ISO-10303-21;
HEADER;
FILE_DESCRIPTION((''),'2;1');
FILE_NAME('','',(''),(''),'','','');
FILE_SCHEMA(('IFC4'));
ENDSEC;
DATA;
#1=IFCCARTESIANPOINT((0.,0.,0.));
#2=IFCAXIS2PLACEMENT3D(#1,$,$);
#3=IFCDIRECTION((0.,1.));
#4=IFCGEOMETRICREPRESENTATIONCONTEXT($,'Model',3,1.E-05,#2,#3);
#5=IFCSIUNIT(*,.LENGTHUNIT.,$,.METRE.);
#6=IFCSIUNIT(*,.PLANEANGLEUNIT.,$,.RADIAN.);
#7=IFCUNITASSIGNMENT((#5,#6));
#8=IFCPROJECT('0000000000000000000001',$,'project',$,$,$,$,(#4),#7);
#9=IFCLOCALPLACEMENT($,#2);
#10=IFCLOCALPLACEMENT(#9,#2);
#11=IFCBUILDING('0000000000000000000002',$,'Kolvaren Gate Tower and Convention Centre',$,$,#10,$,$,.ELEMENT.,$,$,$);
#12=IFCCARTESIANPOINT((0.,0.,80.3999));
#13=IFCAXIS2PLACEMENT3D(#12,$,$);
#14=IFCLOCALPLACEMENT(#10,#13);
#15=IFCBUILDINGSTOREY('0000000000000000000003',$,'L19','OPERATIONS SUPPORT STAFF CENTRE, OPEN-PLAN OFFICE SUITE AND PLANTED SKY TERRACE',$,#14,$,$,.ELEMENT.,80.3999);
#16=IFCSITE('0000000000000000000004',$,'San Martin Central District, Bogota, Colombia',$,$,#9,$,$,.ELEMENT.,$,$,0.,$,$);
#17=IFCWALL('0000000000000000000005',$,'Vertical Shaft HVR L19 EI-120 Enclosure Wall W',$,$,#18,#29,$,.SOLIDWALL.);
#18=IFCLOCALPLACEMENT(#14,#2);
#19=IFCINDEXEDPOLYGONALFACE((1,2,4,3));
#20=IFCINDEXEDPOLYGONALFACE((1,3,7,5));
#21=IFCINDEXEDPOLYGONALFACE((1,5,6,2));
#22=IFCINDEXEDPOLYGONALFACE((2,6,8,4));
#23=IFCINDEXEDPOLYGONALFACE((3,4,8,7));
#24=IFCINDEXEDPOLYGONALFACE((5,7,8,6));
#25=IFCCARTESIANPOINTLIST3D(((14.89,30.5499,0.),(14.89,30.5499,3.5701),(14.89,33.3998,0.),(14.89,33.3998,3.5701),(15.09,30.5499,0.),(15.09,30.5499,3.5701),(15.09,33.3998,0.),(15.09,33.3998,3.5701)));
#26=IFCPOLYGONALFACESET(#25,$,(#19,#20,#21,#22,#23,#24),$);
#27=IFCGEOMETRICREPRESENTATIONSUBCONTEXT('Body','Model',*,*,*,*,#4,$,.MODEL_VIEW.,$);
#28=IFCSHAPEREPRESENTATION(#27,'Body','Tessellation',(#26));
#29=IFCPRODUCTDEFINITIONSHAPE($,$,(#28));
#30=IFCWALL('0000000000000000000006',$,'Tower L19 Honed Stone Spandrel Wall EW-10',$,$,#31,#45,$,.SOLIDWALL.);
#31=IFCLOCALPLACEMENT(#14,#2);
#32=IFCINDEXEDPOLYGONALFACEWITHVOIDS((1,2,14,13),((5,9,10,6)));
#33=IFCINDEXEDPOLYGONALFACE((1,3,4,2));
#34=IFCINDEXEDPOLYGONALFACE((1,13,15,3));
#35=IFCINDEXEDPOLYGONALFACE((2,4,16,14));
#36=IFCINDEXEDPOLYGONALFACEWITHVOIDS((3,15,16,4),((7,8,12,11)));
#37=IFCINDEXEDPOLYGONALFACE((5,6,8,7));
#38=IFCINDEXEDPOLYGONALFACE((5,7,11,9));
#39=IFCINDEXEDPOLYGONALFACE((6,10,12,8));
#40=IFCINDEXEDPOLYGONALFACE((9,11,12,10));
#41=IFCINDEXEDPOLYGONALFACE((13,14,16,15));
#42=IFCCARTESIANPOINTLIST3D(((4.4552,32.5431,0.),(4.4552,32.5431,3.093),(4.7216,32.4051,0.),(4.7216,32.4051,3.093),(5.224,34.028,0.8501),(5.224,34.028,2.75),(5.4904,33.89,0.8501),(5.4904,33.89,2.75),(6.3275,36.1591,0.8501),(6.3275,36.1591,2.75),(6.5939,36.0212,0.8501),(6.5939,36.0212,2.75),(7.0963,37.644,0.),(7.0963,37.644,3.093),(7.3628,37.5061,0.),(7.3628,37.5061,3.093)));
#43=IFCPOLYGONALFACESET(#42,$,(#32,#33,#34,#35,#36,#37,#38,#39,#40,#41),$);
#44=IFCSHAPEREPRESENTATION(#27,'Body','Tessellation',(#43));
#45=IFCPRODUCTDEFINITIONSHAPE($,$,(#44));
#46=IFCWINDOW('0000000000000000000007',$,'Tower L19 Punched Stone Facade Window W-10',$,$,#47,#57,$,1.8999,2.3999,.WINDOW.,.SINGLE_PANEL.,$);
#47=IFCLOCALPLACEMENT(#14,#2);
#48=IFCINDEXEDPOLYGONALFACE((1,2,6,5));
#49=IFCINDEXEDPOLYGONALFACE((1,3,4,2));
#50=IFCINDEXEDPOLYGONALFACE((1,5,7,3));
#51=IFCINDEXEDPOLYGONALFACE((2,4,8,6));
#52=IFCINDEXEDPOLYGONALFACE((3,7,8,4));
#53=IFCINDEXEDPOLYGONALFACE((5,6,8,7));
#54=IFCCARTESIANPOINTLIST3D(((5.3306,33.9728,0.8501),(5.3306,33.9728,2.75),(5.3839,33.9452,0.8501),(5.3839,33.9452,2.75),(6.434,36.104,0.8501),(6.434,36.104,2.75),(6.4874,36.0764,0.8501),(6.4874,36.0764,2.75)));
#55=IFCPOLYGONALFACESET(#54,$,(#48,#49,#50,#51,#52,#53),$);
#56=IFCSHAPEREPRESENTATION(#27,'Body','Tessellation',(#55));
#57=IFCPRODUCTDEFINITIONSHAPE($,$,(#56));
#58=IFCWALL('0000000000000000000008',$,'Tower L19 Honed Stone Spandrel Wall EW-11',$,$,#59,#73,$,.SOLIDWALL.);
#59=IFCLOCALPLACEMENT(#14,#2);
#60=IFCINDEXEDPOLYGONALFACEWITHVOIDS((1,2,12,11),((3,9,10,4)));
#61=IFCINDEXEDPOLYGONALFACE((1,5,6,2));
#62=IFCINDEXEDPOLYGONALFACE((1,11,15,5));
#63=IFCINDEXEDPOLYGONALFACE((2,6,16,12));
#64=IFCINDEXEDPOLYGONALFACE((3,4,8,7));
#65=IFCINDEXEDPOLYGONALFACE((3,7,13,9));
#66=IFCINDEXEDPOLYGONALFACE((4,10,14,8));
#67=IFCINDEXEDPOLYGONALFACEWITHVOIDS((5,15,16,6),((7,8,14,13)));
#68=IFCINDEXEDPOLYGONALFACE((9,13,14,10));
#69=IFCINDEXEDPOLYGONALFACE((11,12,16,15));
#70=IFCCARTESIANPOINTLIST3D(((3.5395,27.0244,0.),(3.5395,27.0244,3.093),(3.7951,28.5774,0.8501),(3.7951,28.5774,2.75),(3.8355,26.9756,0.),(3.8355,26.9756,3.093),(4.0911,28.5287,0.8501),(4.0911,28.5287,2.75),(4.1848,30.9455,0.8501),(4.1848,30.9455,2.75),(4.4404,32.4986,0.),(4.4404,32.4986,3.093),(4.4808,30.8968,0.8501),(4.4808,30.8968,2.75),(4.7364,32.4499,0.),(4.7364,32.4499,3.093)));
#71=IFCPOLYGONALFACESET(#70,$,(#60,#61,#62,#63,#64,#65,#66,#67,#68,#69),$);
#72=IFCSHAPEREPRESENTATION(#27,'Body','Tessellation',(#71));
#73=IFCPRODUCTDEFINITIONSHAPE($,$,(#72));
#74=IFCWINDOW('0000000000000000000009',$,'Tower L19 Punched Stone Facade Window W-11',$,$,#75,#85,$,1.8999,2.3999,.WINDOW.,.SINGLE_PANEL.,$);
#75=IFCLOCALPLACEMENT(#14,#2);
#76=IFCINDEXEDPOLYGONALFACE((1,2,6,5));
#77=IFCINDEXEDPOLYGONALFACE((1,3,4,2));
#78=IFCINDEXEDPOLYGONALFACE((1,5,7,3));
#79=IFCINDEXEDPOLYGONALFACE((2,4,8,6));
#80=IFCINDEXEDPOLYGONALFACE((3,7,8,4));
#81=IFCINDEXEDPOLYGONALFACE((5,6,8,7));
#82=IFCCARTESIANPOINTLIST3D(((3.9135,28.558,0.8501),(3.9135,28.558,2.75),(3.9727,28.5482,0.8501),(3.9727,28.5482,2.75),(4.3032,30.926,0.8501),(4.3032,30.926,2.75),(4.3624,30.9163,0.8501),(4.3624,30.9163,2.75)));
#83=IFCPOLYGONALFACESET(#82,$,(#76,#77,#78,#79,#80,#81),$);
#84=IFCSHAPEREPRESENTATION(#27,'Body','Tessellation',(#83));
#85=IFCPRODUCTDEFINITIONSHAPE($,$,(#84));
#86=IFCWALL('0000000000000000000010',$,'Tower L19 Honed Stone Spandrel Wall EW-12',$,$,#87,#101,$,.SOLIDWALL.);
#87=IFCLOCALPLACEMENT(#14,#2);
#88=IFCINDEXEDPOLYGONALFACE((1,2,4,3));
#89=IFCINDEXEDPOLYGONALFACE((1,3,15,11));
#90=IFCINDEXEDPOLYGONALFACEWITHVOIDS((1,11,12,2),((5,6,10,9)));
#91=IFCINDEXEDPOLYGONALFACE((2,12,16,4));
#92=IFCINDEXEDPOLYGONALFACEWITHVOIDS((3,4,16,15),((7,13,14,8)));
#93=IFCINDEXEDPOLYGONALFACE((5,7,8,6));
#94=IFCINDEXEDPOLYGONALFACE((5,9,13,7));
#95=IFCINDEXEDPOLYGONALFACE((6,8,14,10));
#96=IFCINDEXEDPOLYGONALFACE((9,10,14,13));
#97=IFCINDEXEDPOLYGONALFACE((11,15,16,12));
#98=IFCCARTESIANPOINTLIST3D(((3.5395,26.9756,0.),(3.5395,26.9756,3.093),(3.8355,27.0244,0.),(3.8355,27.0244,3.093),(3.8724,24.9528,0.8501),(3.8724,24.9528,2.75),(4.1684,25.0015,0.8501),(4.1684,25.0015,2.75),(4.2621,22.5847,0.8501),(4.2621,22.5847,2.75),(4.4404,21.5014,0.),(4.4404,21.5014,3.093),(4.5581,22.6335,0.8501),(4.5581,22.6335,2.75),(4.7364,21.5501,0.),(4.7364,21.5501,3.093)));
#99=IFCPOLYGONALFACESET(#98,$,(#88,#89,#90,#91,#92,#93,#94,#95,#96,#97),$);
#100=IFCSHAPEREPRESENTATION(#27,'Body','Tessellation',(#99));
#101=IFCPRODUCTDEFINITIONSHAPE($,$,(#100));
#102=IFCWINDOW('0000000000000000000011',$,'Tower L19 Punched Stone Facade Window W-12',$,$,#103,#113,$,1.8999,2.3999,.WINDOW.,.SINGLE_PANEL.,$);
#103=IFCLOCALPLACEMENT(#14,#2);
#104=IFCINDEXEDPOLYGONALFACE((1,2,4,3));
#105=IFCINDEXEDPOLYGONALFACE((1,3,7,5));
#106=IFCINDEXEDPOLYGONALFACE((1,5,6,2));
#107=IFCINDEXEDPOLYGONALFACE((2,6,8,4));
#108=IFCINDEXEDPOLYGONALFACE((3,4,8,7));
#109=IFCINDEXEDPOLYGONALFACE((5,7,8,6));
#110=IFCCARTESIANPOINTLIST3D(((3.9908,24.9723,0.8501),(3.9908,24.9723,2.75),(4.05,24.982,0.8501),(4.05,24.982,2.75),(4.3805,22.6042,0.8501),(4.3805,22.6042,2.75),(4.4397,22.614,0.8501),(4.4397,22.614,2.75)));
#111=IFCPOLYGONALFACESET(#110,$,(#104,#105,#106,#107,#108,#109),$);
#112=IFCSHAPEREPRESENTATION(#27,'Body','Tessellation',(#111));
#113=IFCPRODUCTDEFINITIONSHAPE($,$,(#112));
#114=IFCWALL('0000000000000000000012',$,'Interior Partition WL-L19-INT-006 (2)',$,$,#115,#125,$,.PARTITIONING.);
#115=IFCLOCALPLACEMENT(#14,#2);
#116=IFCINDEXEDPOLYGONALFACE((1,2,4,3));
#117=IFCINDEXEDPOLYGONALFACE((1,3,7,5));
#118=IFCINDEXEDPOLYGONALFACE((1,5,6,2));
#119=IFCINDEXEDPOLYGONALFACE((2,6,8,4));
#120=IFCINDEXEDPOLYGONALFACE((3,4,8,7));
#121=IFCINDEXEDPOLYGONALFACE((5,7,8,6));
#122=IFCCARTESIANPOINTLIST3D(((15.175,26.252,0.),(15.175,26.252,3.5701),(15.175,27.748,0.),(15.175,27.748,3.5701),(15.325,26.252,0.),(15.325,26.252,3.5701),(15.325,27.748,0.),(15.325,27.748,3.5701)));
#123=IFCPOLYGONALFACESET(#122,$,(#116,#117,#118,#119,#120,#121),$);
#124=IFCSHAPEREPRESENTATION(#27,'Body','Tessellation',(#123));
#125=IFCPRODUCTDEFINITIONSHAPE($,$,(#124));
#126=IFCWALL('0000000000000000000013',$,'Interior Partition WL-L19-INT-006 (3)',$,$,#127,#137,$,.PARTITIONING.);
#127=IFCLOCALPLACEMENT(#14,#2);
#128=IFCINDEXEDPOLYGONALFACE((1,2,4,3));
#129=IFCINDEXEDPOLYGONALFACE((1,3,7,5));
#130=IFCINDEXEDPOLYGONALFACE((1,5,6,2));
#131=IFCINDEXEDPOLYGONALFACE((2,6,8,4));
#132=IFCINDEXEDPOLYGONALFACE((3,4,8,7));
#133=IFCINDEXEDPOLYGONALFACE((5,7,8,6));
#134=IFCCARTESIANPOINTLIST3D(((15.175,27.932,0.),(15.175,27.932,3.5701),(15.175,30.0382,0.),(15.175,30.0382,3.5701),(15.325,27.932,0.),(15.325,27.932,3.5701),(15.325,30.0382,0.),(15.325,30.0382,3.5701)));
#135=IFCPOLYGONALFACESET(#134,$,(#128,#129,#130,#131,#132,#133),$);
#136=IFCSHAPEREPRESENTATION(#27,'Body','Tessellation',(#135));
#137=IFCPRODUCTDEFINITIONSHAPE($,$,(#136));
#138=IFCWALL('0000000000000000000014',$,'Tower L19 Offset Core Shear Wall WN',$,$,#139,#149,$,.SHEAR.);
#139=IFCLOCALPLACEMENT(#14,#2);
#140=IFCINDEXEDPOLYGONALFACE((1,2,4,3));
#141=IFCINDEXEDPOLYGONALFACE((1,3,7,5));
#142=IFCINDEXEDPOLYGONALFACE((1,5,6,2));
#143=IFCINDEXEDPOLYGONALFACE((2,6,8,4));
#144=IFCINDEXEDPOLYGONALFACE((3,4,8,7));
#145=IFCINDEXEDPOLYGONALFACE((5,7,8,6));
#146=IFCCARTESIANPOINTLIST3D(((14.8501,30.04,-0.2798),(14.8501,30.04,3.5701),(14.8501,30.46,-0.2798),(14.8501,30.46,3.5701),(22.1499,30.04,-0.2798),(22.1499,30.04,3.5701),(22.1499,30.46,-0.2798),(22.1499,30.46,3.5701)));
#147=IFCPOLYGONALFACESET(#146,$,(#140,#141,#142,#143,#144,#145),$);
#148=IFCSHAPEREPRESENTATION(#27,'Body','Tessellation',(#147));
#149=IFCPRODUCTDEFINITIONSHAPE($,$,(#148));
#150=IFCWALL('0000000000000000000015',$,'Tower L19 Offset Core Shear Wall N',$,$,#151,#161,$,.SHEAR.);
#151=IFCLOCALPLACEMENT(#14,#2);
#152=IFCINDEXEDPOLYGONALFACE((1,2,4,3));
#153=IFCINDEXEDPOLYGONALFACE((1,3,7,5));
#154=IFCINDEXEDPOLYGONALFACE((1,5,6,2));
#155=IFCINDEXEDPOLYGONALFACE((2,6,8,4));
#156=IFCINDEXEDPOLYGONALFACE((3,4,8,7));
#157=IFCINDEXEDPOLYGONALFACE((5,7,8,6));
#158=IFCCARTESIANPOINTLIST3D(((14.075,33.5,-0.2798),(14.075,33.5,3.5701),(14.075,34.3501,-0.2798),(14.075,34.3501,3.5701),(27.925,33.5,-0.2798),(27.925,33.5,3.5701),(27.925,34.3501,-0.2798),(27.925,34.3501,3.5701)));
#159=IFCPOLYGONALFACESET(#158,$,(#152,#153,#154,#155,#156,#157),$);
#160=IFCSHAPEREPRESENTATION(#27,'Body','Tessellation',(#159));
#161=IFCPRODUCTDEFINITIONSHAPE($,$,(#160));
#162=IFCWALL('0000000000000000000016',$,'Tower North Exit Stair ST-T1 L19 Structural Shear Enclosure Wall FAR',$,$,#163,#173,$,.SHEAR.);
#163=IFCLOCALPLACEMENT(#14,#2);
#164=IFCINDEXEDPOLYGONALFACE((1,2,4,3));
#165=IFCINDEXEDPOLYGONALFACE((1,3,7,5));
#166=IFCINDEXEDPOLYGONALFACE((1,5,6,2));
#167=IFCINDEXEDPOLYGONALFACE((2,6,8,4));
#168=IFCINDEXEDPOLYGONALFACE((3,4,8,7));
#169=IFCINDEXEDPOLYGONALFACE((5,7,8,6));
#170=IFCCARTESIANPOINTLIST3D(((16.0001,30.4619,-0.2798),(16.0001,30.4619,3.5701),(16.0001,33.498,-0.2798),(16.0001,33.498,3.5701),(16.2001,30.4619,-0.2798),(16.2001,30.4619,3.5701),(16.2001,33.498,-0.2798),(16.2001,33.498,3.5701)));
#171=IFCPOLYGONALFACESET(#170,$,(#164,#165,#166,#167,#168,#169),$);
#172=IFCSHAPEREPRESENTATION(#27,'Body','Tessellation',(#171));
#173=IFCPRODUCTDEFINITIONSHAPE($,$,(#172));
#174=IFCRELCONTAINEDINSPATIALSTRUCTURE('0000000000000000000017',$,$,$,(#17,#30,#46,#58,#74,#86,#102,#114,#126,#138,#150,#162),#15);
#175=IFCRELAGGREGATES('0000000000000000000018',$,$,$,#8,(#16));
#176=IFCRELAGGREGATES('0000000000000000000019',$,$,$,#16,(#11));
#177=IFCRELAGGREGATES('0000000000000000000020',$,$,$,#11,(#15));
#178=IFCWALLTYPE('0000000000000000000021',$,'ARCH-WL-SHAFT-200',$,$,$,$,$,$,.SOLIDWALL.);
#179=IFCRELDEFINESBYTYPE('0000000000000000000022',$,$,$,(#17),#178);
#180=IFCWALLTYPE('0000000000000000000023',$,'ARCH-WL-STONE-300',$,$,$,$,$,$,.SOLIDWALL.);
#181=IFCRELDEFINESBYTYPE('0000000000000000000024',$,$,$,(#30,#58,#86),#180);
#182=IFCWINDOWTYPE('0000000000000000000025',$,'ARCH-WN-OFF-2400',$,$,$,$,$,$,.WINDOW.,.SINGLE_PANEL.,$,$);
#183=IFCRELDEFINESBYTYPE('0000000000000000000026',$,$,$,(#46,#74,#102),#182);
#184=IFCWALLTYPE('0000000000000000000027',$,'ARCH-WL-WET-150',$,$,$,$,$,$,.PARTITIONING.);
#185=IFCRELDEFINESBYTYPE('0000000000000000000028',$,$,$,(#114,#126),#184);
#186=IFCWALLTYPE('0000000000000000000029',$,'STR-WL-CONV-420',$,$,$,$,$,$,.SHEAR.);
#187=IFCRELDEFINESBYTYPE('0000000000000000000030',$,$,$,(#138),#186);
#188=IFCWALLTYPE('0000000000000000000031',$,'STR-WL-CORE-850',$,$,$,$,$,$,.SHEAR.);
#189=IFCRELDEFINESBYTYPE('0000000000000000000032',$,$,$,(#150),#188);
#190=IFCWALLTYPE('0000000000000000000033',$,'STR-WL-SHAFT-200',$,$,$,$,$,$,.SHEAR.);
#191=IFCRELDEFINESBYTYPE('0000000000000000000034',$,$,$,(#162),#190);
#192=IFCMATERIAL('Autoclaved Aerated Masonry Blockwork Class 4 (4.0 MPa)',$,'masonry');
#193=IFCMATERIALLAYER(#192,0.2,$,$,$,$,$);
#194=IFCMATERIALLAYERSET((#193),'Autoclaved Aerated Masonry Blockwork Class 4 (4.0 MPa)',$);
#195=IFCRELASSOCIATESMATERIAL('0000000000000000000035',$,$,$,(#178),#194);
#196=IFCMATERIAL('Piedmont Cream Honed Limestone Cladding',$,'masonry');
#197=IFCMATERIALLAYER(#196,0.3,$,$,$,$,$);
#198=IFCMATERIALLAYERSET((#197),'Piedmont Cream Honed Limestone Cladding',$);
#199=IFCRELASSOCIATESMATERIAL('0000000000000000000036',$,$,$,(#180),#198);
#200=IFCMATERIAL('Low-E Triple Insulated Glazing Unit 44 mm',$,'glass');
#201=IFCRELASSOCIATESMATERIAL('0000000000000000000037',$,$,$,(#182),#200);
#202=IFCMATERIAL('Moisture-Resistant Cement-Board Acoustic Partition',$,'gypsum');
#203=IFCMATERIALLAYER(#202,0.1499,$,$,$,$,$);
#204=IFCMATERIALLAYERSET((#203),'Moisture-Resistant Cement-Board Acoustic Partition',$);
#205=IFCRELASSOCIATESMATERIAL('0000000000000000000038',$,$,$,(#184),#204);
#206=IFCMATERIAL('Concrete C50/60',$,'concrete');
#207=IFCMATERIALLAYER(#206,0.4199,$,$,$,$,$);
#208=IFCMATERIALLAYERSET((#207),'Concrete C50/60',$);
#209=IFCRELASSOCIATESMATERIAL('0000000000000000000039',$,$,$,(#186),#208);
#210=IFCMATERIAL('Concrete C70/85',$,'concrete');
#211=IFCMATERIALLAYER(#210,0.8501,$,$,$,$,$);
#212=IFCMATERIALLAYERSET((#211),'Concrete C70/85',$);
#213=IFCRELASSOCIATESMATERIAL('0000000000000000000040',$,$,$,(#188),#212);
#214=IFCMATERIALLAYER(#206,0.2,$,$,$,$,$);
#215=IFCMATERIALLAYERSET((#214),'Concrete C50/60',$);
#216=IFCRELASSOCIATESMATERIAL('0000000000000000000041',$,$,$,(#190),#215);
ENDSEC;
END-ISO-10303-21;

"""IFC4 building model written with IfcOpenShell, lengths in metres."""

from ifc_helpers import new_model, si_unit, direction, frame, frame_2d, origin, place, context, subcontext, project, spatial, rectangle, extrude, material, layer, layer_set, type_object, element, fill, save


model = new_model("IFC4")

# Units and contexts
model_context = context("Model", 3, precision=1e-05, world=origin(), true_north=direction((0.0, 1.0)))
body_context = subcontext(model_context, "Body", "Model", "MODEL_VIEW")
ifc_project = project(units=[si_unit("LENGTHUNIT", "METRE"), si_unit("PLANEANGLEUNIT", "RADIAN")], contexts=[model_context])

# Site, building, storey
site_placement = place(None, origin())
site = spatial("IfcSite", under=ifc_project, at=site_placement, Name="San Martin Central District, Bogota, Colombia", CompositionType="ELEMENT", RefElevation=0.0)
building_placement = place(site_placement, origin())
building = spatial("IfcBuilding", under=site, at=building_placement, Name="Kolvaren Gate Tower and Convention Centre", CompositionType="ELEMENT")
storey_placement = place(building_placement, frame((0.0, 0.0, 80.3999)))
storey = spatial("IfcBuildingStorey", under=building, at=storey_placement, Name="L19", Description="OPERATIONS SUPPORT STAFF CENTRE, OPEN-PLAN OFFICE SUITE AND PLANTED SKY TERRACE", CompositionType="ELEMENT", Elevation=80.3999)

# Shared definitions
ifc_material_1 = material(Name="Concrete C70/85", Category="concrete")

# Shared definitions
ifc_material_2 = material(Name="Autoclaved Aerated Masonry Blockwork Class 4 (4.0 MPa)", Category="masonry")

# Wall
ifc_material_3 = material(Name="Piedmont Cream Honed Limestone Cladding", Category="masonry")
ifc_layer_1 = layer(ifc_material_2, 0.2)
ifc_layer_set_1 = layer_set([ifc_layer_1], Name="Autoclaved Aerated Masonry Blockwork Class 4 (4.0 MPa)")
wall_type_1 = type_object("IfcWallType", Name="ARCH-WL-SHAFT-200", PredefinedType="SOLIDWALL", material=ifc_layer_set_1)
wall_1_placement = place(storey_placement, frame((14.99, 30.55, 0.0), z_axis=(0.0, 0.0, 1.0), x_axis=(0.0, 1.0, 0.0)))
element("IfcWall", 1, at=wall_1_placement, inside=storey, type_object=wall_type_1, Name="Vertical Shaft HVR L19 EI-120 Enclosure Wall W", PredefinedType="SOLIDWALL", context=body_context, shape_type="SweptSolid", body=[
    extrude(rectangle(XDim=2.8499, YDim=0.2, at=frame_2d((1.4248, 0.0))), origin(), (0.0, 0.0, 1.0), 3.5701),
])

# Walls, openings, windows
ifc_layer_2 = layer(ifc_material_3, 0.3)
ifc_layer_set_2 = layer_set([ifc_layer_2], Name="Piedmont Cream Honed Limestone Cladding")
wall_type_2 = type_object("IfcWallType", Name="ARCH-WL-STONE-300", PredefinedType="SOLIDWALL", material=ifc_layer_set_2)
wall_2_placement = place(storey_placement, frame((4.5884, 32.4741, 0.0), z_axis=(0.0, 0.0, 1.0), x_axis=(0.459801, 0.888022, 0.0)))
wall_2 = element("IfcWall", 2, at=wall_2_placement, inside=storey, type_object=wall_type_2, Name="Tower L19 Honed Stone Spandrel Wall EW-10", PredefinedType="SOLIDWALL", context=body_context, shape_type="SweptSolid", body=[
    extrude(rectangle(XDim=5.7441, YDim=0.3, at=frame_2d((2.8721, 0.0))), origin(), (0.0, 0.0, 1.0), 3.093),
])
opening_1_placement = place(wall_2_placement, frame((1.6721, 0.0, 0.8501)))
opening_1 = element("IfcOpeningElement", 3, at=opening_1_placement, cuts=wall_2, PredefinedType="OPENING", context=body_context, shape_type="SweptSolid", body=[
    extrude(rectangle(XDim=2.3999, YDim=1.8999, at=frame_2d((1.2, 0.95))), frame((0.0, 0.1599, 0.0), z_axis=(0.0, -1.0, 0.0), x_axis=(1.0, 0.0, 0.0)), (0.0, 0.0, 1.0), 0.3201),
])
ifc_material_4 = material(Name="Low-E Triple Insulated Glazing Unit 44 mm", Category="glass")
window_type = type_object("IfcWindowType", Name="ARCH-WN-OFF-2400", PartitioningType="SINGLE_PANEL", PredefinedType="WINDOW", material=ifc_material_4)
window_1_placement = place(opening_1_placement, origin())
window_1 = element("IfcWindow", 4, at=window_1_placement, inside=storey, type_object=window_type, Name="Tower L19 Punched Stone Facade Window W-10", OverallHeight=1.8999, OverallWidth=2.3999, PartitioningType="SINGLE_PANEL", PredefinedType="WINDOW", context=body_context, shape_type="SweptSolid", body=[
    extrude(rectangle(XDim=2.3999, YDim=1.8999, at=frame_2d((1.2, 0.95))), frame((0.0, 0.03, 0.0), z_axis=(0.0, -1.0, 0.0), x_axis=(1.0, 0.0, 0.0)), (0.0, 0.0, 1.0), 0.0601),
])
fill(opening_1, window_1)
wall_3_placement = place(storey_placement, frame((3.6875, 27.0, 0.0), z_axis=(0.0, 0.0, 1.0), x_axis=(0.162386, 0.986727, 0.0)))
wall_3 = element("IfcWall", 5, at=wall_3_placement, inside=storey, type_object=wall_type_2, Name="Tower L19 Honed Stone Spandrel Wall EW-11", PredefinedType="SOLIDWALL", context=body_context, shape_type="SweptSolid", body=[
    extrude(rectangle(XDim=5.5479, YDim=0.3, at=frame_2d((2.7739, 0.0))), origin(), (0.0, 0.0, 1.0), 3.093),
])
opening_2_placement = place(wall_3_placement, frame((1.574, 0.0, 0.8501)))
opening_2 = element("IfcOpeningElement", 6, at=opening_2_placement, cuts=wall_3, PredefinedType="OPENING", context=body_context, shape_type="SweptSolid", body=[
    extrude(rectangle(XDim=2.3999, YDim=1.8999, at=frame_2d((1.2, 0.95))), frame((0.0, 0.1599, 0.0), z_axis=(0.0, -1.0, 0.0), x_axis=(1.0, 0.0, 0.0)), (0.0, 0.0, 1.0), 0.3201),
])
window_2_placement = place(opening_2_placement, origin())
window_2 = element("IfcWindow", 7, at=window_2_placement, inside=storey, type_object=window_type, Name="Tower L19 Punched Stone Facade Window W-11", OverallHeight=1.8999, OverallWidth=2.3999, PartitioningType="SINGLE_PANEL", PredefinedType="WINDOW", context=body_context, shape_type="SweptSolid", body=[
    extrude(rectangle(XDim=2.3999, YDim=1.8999, at=frame_2d((1.2, 0.95))), frame((0.0, 0.03, 0.0), z_axis=(0.0, -1.0, 0.0), x_axis=(1.0, 0.0, 0.0)), (0.0, 0.0, 1.0), 0.0601),
])
fill(opening_2, window_2)
wall_4_placement = place(storey_placement, frame((3.6875, 27.0, 0.0), z_axis=(0.0, 0.0, 1.0), x_axis=(0.162386, -0.986727, 0.0)))
wall_4 = element("IfcWall", 8, at=wall_4_placement, inside=storey, type_object=wall_type_2, Name="Tower L19 Honed Stone Spandrel Wall EW-12", PredefinedType="SOLIDWALL", context=body_context, shape_type="SweptSolid", body=[
    extrude(rectangle(XDim=5.5479, YDim=0.3, at=frame_2d((2.7739, 0.0))), origin(), (0.0, 0.0, 1.0), 3.093),
])
opening_3_placement = place(wall_4_placement, frame((2.05, 0.0, 0.8501)))
opening_3 = element("IfcOpeningElement", 9, at=opening_3_placement, cuts=wall_4, PredefinedType="OPENING", context=body_context, shape_type="SweptSolid", body=[
    extrude(rectangle(XDim=2.3999, YDim=1.8999, at=frame_2d((1.2, 0.95))), frame((0.0, 0.1599, 0.0), z_axis=(0.0, -1.0, 0.0), x_axis=(1.0, 0.0, 0.0)), (0.0, 0.0, 1.0), 0.3201),
])
window_3_placement = place(opening_3_placement, origin())
window_3 = element("IfcWindow", 10, at=window_3_placement, inside=storey, type_object=window_type, Name="Tower L19 Punched Stone Facade Window W-12", OverallHeight=1.8999, OverallWidth=2.3999, PartitioningType="SINGLE_PANEL", PredefinedType="WINDOW", context=body_context, shape_type="SweptSolid", body=[
    extrude(rectangle(XDim=2.3999, YDim=1.8999, at=frame_2d((1.2, 0.95))), frame((0.0, 0.03, 0.0), z_axis=(0.0, -1.0, 0.0), x_axis=(1.0, 0.0, 0.0)), (0.0, 0.0, 1.0), 0.0601),
])
fill(opening_3, window_3)

# Walls
ifc_material_5 = material(Name="Moisture-Resistant Cement-Board Acoustic Partition", Category="gypsum")
ifc_layer_3 = layer(ifc_material_5, 0.1499)
ifc_layer_set_3 = layer_set([ifc_layer_3], Name="Moisture-Resistant Cement-Board Acoustic Partition")
wall_type_3 = type_object("IfcWallType", Name="ARCH-WL-WET-150", PredefinedType="PARTITIONING", material=ifc_layer_set_3)
wall_5_placement = place(storey_placement, frame((15.25, 26.252, 0.0), z_axis=(0.0, 0.0, 1.0), x_axis=(0.0, 1.0, 0.0)))
element("IfcWall", 11, at=wall_5_placement, inside=storey, type_object=wall_type_3, Name="Interior Partition WL-L19-INT-006 (2)", PredefinedType="PARTITIONING", context=body_context, shape_type="SweptSolid", body=[
    extrude(rectangle(XDim=1.4961, YDim=0.1499, at=frame_2d((0.748, 0.0))), origin(), (0.0, 0.0, 1.0), 3.5701),
])
wall_6_placement = place(storey_placement, frame((15.25, 27.9319, 0.0), z_axis=(0.0, 0.0, 1.0), x_axis=(0.0, 1.0, 0.0)))
element("IfcWall", 12, at=wall_6_placement, inside=storey, type_object=wall_type_3, Name="Interior Partition WL-L19-INT-006 (3)", PredefinedType="PARTITIONING", context=body_context, shape_type="SweptSolid", body=[
    extrude(rectangle(XDim=2.1062, YDim=0.1499, at=frame_2d((1.0532, 0.0))), origin(), (0.0, 0.0, 1.0), 3.5701),
])
ifc_material_6 = material(Name="Concrete C50/60", Category="concrete")
ifc_layer_4 = layer(ifc_material_6, 0.4199)
ifc_layer_set_4 = layer_set([ifc_layer_4], Name="Concrete C50/60")
wall_type_4 = type_object("IfcWallType", Name="STR-WL-CONV-420", PredefinedType="SHEAR", material=ifc_layer_set_4)
wall_7_placement = place(storey_placement, frame((14.8501, 30.25, -0.2798), z_axis=(0.0, 0.0, 1.0), x_axis=(1.0, 0.0, 0.0)))
element("IfcWall", 13, at=wall_7_placement, inside=storey, type_object=wall_type_4, Name="Tower L19 Offset Core Shear Wall WN", PredefinedType="SHEAR", context=body_context, shape_type="SweptSolid", body=[
    extrude(rectangle(XDim=7.2998, YDim=0.4199, at=frame_2d((3.6499, 0.0))), origin(), (0.0, 0.0, 1.0), 3.8499),
])
ifc_layer_5 = layer(ifc_material_1, 0.8501)
ifc_layer_set_5 = layer_set([ifc_layer_5], Name="Concrete C70/85")
wall_type_5 = type_object("IfcWallType", Name="STR-WL-CORE-850", PredefinedType="SHEAR", material=ifc_layer_set_5)
wall_8_placement = place(storey_placement, frame((14.075, 33.925, -0.2798), z_axis=(0.0, 0.0, 1.0), x_axis=(1.0, 0.0, 0.0)))
element("IfcWall", 14, at=wall_8_placement, inside=storey, type_object=wall_type_5, Name="Tower L19 Offset Core Shear Wall N", PredefinedType="SHEAR", context=body_context, shape_type="SweptSolid", body=[
    extrude(rectangle(XDim=13.8501, YDim=0.8501, at=frame_2d((6.925, 0.0))), origin(), (0.0, 0.0, 1.0), 3.8499),
])
ifc_layer_6 = layer(ifc_material_6, 0.2)
ifc_layer_set_6 = layer_set([ifc_layer_6], Name="Concrete C50/60")
wall_type_6 = type_object("IfcWallType", Name="STR-WL-SHAFT-200", PredefinedType="SHEAR", material=ifc_layer_set_6)
wall_9_placement = place(storey_placement, frame((16.1001, 30.4619, -0.2798), z_axis=(0.0, 0.0, 1.0), x_axis=(0.0, 1.0, 0.0)))
element("IfcWall", 15, at=wall_9_placement, inside=storey, type_object=wall_type_6, Name="Tower North Exit Stair ST-T1 L19 Structural Shear Enclosure Wall FAR", PredefinedType="SHEAR", context=body_context, shape_type="SweptSolid", body=[
    extrude(rectangle(XDim=3.0361, YDim=0.2, at=frame_2d((1.5181, 0.0))), origin(), (0.0, 0.0, 1.0), 3.8499),
])

save(model, "model.ifc")
